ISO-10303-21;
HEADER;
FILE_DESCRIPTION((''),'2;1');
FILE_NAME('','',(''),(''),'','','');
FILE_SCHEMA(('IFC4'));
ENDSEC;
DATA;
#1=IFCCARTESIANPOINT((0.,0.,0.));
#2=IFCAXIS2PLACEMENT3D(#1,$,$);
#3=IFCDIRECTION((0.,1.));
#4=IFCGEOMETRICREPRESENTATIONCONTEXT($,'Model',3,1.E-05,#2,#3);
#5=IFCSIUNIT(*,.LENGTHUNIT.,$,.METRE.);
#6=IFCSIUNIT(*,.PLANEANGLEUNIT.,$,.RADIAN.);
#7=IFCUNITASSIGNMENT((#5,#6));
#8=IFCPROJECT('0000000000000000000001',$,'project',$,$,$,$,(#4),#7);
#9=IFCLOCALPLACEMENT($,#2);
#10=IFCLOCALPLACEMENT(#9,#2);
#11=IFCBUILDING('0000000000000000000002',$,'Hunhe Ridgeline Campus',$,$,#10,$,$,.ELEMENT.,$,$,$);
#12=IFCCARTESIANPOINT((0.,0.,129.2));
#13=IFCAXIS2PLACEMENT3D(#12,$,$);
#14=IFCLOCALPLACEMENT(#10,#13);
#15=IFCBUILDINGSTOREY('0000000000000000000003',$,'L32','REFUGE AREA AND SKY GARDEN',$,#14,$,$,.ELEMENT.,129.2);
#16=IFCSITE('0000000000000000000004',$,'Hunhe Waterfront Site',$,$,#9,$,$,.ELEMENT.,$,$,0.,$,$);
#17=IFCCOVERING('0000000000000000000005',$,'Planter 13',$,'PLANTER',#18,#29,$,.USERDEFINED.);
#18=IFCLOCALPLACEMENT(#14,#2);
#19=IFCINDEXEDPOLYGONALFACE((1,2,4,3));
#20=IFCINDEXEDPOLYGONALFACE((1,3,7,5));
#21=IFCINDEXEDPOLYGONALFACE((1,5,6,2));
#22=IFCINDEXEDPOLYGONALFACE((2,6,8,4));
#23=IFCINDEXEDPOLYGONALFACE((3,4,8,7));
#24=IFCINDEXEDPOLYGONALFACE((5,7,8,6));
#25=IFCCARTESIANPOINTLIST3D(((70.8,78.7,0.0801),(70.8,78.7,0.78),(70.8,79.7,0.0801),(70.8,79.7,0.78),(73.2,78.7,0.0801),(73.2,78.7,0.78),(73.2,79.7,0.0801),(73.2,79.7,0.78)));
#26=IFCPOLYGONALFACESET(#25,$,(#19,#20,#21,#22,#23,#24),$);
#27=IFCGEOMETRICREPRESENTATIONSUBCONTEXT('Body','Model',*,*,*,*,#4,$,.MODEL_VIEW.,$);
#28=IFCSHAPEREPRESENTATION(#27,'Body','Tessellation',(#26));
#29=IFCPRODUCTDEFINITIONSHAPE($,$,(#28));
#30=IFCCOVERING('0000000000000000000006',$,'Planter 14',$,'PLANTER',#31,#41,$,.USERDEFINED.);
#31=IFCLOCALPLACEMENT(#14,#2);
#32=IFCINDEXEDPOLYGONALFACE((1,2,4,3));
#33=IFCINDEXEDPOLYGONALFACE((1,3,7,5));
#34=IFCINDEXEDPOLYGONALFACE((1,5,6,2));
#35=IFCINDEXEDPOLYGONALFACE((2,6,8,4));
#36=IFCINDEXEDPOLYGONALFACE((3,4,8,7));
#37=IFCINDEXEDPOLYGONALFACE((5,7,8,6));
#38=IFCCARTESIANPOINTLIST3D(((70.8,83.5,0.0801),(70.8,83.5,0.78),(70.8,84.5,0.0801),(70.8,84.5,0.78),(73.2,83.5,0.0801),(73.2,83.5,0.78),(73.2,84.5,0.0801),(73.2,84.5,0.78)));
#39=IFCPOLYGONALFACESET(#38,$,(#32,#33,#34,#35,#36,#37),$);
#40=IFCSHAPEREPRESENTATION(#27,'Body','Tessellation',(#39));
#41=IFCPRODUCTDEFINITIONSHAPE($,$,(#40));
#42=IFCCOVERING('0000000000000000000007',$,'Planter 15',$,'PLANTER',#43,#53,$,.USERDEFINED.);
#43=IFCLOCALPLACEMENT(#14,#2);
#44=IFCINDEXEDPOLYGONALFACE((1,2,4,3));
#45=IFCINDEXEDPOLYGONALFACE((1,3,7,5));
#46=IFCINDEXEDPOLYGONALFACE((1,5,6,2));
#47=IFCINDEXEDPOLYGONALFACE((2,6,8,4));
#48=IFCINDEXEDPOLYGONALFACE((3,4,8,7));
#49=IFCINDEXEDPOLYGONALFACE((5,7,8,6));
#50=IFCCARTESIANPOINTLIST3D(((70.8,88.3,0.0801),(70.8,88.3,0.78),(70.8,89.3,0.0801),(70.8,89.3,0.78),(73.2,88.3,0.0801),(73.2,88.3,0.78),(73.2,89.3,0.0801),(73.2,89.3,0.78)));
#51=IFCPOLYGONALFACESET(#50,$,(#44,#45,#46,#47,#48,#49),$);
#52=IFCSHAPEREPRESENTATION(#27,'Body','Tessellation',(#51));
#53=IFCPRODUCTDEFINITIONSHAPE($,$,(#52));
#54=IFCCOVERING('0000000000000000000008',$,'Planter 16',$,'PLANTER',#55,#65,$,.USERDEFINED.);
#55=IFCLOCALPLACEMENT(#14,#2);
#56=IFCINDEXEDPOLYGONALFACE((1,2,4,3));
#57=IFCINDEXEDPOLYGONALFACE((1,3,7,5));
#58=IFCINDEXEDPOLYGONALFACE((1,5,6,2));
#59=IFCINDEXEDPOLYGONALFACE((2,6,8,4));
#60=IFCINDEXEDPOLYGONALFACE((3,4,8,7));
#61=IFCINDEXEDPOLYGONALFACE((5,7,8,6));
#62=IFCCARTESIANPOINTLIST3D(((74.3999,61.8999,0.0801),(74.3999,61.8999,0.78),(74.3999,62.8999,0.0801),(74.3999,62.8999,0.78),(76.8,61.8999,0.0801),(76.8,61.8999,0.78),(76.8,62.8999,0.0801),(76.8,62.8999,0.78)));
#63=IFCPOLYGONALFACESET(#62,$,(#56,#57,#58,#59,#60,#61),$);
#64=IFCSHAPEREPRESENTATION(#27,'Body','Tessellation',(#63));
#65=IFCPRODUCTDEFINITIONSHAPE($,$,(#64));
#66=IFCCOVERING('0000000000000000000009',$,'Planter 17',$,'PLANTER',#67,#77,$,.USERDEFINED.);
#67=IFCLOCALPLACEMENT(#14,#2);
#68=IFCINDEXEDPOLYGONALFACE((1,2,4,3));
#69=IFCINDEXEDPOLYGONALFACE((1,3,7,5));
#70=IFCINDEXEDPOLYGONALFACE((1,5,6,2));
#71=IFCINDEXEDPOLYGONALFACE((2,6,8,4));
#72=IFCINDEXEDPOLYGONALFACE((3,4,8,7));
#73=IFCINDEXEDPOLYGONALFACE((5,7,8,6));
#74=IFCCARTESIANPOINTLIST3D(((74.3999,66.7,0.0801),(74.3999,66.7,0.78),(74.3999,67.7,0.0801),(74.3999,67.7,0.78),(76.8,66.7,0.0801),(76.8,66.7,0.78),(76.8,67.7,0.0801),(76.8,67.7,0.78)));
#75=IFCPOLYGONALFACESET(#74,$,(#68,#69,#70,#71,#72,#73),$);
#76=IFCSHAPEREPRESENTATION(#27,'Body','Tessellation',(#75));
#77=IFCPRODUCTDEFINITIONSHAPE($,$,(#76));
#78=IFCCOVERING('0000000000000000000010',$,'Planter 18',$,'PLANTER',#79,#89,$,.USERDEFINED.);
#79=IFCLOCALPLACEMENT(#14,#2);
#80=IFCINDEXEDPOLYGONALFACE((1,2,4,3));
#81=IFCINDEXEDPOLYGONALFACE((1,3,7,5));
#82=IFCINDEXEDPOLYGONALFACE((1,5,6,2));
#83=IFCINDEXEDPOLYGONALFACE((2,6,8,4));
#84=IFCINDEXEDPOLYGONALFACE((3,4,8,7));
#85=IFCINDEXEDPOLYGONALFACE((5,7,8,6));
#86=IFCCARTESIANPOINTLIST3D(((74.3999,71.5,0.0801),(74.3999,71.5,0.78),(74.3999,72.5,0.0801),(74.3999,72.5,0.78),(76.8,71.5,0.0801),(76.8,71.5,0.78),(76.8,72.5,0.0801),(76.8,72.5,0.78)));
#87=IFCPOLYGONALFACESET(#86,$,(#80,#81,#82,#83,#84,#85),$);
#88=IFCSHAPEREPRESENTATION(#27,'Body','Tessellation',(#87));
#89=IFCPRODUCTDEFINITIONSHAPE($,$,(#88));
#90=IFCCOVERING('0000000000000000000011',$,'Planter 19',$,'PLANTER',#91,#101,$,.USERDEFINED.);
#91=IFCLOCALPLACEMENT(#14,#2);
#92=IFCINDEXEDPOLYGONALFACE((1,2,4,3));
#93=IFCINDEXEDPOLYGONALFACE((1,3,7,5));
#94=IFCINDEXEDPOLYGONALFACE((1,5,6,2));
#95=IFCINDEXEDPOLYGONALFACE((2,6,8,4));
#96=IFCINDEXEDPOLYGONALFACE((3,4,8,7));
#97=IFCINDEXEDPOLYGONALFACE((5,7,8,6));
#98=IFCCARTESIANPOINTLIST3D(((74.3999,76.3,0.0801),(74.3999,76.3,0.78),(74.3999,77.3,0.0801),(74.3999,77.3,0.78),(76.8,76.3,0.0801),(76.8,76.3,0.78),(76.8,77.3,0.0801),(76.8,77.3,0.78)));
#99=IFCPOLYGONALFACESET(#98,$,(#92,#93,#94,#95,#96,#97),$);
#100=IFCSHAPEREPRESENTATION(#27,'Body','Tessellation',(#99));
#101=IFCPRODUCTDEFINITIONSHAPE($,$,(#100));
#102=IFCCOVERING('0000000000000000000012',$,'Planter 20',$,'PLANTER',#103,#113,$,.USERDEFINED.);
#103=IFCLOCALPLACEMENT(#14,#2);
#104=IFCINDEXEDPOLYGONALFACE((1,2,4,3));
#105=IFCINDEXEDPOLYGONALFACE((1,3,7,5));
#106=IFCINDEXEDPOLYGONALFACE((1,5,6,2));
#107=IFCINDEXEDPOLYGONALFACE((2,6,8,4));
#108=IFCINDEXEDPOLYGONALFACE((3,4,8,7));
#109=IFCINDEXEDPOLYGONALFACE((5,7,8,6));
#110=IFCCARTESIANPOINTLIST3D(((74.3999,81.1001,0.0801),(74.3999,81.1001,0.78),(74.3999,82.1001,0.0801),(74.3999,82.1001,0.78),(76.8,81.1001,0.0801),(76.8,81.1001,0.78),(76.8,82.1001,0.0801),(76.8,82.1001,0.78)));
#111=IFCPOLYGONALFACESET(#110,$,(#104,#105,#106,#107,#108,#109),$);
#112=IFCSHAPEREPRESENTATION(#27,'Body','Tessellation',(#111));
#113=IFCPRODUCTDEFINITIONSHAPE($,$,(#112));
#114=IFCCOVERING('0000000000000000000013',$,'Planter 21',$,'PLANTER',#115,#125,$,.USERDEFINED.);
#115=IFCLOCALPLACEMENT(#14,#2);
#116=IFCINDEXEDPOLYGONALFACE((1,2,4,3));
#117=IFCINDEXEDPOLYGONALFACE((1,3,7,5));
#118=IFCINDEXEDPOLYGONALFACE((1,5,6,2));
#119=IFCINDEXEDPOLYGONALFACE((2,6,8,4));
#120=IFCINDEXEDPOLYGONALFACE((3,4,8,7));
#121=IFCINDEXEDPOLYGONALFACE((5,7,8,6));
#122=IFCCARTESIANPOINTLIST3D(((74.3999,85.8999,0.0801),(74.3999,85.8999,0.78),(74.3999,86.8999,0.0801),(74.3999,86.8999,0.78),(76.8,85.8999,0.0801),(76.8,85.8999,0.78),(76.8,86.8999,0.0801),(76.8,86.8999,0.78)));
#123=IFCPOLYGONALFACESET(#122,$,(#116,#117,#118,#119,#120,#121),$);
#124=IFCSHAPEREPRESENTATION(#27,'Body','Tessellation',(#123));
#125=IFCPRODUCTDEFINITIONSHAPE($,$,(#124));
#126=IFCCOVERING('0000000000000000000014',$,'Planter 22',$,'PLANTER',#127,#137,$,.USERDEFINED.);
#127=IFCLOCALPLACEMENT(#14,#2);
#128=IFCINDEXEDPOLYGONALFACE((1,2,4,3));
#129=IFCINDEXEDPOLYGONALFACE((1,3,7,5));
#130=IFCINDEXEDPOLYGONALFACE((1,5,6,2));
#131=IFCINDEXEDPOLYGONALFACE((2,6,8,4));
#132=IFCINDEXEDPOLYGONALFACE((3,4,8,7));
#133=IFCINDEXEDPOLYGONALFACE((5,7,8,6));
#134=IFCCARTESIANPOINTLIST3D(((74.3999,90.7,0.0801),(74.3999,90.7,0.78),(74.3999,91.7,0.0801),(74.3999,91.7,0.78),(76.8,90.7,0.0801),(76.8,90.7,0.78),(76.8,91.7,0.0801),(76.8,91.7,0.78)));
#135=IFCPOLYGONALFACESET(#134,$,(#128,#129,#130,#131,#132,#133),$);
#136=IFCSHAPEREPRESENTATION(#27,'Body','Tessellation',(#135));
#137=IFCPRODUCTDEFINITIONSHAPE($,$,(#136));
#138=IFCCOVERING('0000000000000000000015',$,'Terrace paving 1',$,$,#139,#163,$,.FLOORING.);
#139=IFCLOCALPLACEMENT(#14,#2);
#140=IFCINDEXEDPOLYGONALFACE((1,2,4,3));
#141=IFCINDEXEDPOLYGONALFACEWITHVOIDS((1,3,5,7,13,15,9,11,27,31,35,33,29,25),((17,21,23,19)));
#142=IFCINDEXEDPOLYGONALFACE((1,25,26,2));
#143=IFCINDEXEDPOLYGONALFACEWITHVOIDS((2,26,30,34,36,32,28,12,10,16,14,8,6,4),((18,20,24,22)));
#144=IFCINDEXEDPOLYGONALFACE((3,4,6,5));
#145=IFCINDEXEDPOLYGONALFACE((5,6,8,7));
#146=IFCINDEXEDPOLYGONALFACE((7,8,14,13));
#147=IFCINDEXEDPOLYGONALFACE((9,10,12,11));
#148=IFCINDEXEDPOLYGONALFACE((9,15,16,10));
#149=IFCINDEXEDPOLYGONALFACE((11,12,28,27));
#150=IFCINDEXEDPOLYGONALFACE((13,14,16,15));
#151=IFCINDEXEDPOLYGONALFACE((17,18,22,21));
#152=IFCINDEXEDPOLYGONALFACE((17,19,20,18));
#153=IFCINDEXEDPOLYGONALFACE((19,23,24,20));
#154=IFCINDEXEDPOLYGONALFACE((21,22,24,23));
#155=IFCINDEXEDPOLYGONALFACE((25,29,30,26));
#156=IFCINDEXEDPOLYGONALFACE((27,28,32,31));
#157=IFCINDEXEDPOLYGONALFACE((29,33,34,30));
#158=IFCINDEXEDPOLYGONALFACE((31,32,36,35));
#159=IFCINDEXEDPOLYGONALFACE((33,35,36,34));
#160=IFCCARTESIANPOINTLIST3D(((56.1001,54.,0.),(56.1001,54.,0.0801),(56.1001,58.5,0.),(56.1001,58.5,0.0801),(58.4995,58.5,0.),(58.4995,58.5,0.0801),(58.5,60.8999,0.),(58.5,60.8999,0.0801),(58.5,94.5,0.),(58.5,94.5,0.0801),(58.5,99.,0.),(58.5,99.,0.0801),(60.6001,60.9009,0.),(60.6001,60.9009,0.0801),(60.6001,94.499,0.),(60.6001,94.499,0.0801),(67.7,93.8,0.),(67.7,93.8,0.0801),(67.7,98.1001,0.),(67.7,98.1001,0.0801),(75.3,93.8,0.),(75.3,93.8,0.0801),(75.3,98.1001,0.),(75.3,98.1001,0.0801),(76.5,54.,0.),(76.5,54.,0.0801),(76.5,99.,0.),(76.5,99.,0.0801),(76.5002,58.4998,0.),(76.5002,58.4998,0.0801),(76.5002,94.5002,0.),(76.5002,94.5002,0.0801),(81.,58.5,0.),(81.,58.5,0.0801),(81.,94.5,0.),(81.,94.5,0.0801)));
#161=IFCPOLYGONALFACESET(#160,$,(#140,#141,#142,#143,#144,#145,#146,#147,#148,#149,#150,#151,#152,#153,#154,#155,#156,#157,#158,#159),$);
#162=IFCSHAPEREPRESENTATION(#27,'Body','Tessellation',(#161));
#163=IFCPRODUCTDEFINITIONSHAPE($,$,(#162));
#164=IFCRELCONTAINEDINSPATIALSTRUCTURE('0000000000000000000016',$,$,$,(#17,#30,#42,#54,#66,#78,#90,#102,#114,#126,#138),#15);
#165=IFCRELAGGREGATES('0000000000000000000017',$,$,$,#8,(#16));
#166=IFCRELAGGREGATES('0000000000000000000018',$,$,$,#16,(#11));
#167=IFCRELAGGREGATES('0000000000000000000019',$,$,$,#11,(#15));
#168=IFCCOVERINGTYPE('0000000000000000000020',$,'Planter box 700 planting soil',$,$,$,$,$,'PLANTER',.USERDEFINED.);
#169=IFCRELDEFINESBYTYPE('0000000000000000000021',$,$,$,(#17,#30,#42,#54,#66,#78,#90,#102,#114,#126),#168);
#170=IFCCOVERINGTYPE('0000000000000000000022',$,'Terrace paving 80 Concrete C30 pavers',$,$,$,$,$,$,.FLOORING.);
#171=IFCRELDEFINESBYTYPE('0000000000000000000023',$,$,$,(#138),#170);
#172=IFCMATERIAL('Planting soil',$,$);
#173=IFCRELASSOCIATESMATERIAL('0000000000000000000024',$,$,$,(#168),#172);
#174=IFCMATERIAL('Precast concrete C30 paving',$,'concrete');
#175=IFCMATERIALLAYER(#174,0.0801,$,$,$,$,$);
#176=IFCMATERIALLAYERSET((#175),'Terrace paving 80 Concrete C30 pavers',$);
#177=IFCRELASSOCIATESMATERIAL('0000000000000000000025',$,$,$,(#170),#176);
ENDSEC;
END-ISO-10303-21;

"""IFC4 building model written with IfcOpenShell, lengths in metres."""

from ifc_helpers import new_model, si_unit, direction, frame, origin, place, context, subcontext, project, spatial, polyline, outline, extrude, material, layer, layer_set, type_object, element, save


model = new_model("IFC4")

# Units and contexts
model_context = context("Model", 3, precision=1e-05, world=origin(), true_north=direction((0.0, 1.0)))
body_context = subcontext(model_context, "Body", "Model", "MODEL_VIEW")
ifc_project = project(units=[si_unit("LENGTHUNIT", "METRE"), si_unit("PLANEANGLEUNIT", "RADIAN")], contexts=[model_context])

# Site, building, storey
site_placement = place(None, origin())
site = spatial("IfcSite", under=ifc_project, at=site_placement, Name="Hunhe Waterfront Site", CompositionType="ELEMENT", RefElevation=0.0)
building_placement = place(site_placement, origin())
building = spatial("IfcBuilding", under=site, at=building_placement, Name="Hunhe Ridgeline Campus", CompositionType="ELEMENT")
storey_placement = place(building_placement, frame((0.0, 0.0, 129.2)))
storey = spatial("IfcBuildingStorey", under=building, at=storey_placement, Name="L32", Description="REFUGE AREA AND SKY GARDEN", CompositionType="ELEMENT", Elevation=129.2)

# Coverings
ifc_material_1 = material(Name="Planting soil")
covering_type_1 = type_object("IfcCoveringType", Name="Planter box 700 planting soil", ElementType="PLANTER", PredefinedType="USERDEFINED", material=ifc_material_1)
covering_1_placement = place(storey_placement, frame((0.0, 0.0, 0.0801)))
element("IfcCovering", 1, at=covering_1_placement, inside=storey, type_object=covering_type_1, Name="Planter 13", ObjectType="PLANTER", PredefinedType="USERDEFINED", context=body_context, shape_type="SweptSolid", body=[
    extrude(outline(polyline([(70.8, 78.7), (73.2, 78.7), (73.2, 79.7), (70.8, 79.7), (70.8, 78.7)])), origin(), (0.0, 0.0, 1.0), 0.7),
])
covering_2_placement = place(storey_placement, frame((0.0, 0.0, 0.0801)))
element("IfcCovering", 2, at=covering_2_placement, inside=storey, type_object=covering_type_1, Name="Planter 14", ObjectType="PLANTER", PredefinedType="USERDEFINED", context=body_context, shape_type="SweptSolid", body=[
    extrude(outline(polyline([(70.8, 83.5), (73.2, 83.5), (73.2, 84.5), (70.8, 84.5), (70.8, 83.5)])), origin(), (0.0, 0.0, 1.0), 0.7),
])
covering_3_placement = place(storey_placement, frame((0.0, 0.0, 0.0801)))
element("IfcCovering", 3, at=covering_3_placement, inside=storey, type_object=covering_type_1, Name="Planter 15", ObjectType="PLANTER", PredefinedType="USERDEFINED", context=body_context, shape_type="SweptSolid", body=[
    extrude(outline(polyline([(70.8, 88.3), (73.2, 88.3), (73.2, 89.3), (70.8, 89.3), (70.8, 88.3)])), origin(), (0.0, 0.0, 1.0), 0.7),
])
covering_4_placement = place(storey_placement, frame((0.0, 0.0, 0.0801)))
element("IfcCovering", 4, at=covering_4_placement, inside=storey, type_object=covering_type_1, Name="Planter 16", ObjectType="PLANTER", PredefinedType="USERDEFINED", context=body_context, shape_type="SweptSolid", body=[
    extrude(outline(polyline([(74.3999, 61.8999), (76.8, 61.8999), (76.8, 62.8999), (74.3999, 62.8999), (74.3999, 61.8999)])), origin(), (0.0, 0.0, 1.0), 0.7),
])
covering_5_placement = place(storey_placement, frame((0.0, 0.0, 0.0801)))
element("IfcCovering", 5, at=covering_5_placement, inside=storey, type_object=covering_type_1, Name="Planter 17", ObjectType="PLANTER", PredefinedType="USERDEFINED", context=body_context, shape_type="SweptSolid", body=[
    extrude(outline(polyline([(74.3999, 66.7), (76.8, 66.7), (76.8, 67.7), (74.3999, 67.7), (74.3999, 66.7)])), origin(), (0.0, 0.0, 1.0), 0.7),
])
covering_6_placement = place(storey_placement, frame((0.0, 0.0, 0.0801)))
element("IfcCovering", 6, at=covering_6_placement, inside=storey, type_object=covering_type_1, Name="Planter 18", ObjectType="PLANTER", PredefinedType="USERDEFINED", context=body_context, shape_type="SweptSolid", body=[
    extrude(outline(polyline([(74.3999, 71.5), (76.8, 71.5), (76.8, 72.5), (74.3999, 72.5), (74.3999, 71.5)])), origin(), (0.0, 0.0, 1.0), 0.7),
])
covering_7_placement = place(storey_placement, frame((0.0, 0.0, 0.0801)))
element("IfcCovering", 7, at=covering_7_placement, inside=storey, type_object=covering_type_1, Name="Planter 19", ObjectType="PLANTER", PredefinedType="USERDEFINED", context=body_context, shape_type="SweptSolid", body=[
    extrude(outline(polyline([(74.3999, 76.3), (76.8, 76.3), (76.8, 77.3), (74.3999, 77.3), (74.3999, 76.3)])), origin(), (0.0, 0.0, 1.0), 0.7),
])
covering_8_placement = place(storey_placement, frame((0.0, 0.0, 0.0801)))
element("IfcCovering", 8, at=covering_8_placement, inside=storey, type_object=covering_type_1, Name="Planter 20", ObjectType="PLANTER", PredefinedType="USERDEFINED", context=body_context, shape_type="SweptSolid", body=[
    extrude(outline(polyline([(74.3999, 81.1001), (76.8, 81.1001), (76.8, 82.1001), (74.3999, 82.1001), (74.3999, 81.1001)])), origin(), (0.0, 0.0, 1.0), 0.7),
])
covering_9_placement = place(storey_placement, frame((0.0, 0.0, 0.0801)))
element("IfcCovering", 9, at=covering_9_placement, inside=storey, type_object=covering_type_1, Name="Planter 21", ObjectType="PLANTER", PredefinedType="USERDEFINED", context=body_context, shape_type="SweptSolid", body=[
    extrude(outline(polyline([(74.3999, 85.8999), (76.8, 85.8999), (76.8, 86.8999), (74.3999, 86.8999), (74.3999, 85.8999)])), origin(), (0.0, 0.0, 1.0), 0.7),
])
covering_10_placement = place(storey_placement, frame((0.0, 0.0, 0.0801)))
element("IfcCovering", 10, at=covering_10_placement, inside=storey, type_object=covering_type_1, Name="Planter 22", ObjectType="PLANTER", PredefinedType="USERDEFINED", context=body_context, shape_type="SweptSolid", body=[
    extrude(outline(polyline([(74.3999, 90.7), (76.8, 90.7), (76.8, 91.7), (74.3999, 91.7), (74.3999, 90.7)])), origin(), (0.0, 0.0, 1.0), 0.7),
])
ifc_material_2 = material(Name="Precast concrete C30 paving", Category="concrete")
ifc_layer_1 = layer(ifc_material_2, 0.0801)
ifc_layer_set_1 = layer_set([ifc_layer_1], Name="Terrace paving 80 Concrete C30 pavers")
covering_type_2 = type_object("IfcCoveringType", Name="Terrace paving 80 Concrete C30 pavers", PredefinedType="FLOORING", material=ifc_layer_set_1)
covering_11_placement = place(storey_placement, origin())
element("IfcCovering", 11, at=covering_11_placement, inside=storey, type_object=covering_type_2, Name="Terrace paving 1", PredefinedType="FLOORING", context=body_context, shape_type="SweptSolid", body=[
    extrude(outline(polyline([(56.1001, 54.0), (76.5, 54.0), (76.5002, 58.4998), (81.0, 58.5), (81.0, 94.5), (76.5002, 94.5002), (76.5, 99.0), (58.5, 99.0), (58.5, 94.5), (60.6001, 94.499), (60.6001, 60.9009), (58.5, 60.8999), (58.4995, 58.5), (56.1001, 58.5), (56.1001, 54.0)]), holes=[polyline([(75.3, 93.8), (75.3, 98.1001), (67.7, 98.1001), (67.7, 93.8), (75.3, 93.8)])]), origin(), (0.0, 0.0, 1.0), 0.0801),
])

save(model, "model.ifc")
